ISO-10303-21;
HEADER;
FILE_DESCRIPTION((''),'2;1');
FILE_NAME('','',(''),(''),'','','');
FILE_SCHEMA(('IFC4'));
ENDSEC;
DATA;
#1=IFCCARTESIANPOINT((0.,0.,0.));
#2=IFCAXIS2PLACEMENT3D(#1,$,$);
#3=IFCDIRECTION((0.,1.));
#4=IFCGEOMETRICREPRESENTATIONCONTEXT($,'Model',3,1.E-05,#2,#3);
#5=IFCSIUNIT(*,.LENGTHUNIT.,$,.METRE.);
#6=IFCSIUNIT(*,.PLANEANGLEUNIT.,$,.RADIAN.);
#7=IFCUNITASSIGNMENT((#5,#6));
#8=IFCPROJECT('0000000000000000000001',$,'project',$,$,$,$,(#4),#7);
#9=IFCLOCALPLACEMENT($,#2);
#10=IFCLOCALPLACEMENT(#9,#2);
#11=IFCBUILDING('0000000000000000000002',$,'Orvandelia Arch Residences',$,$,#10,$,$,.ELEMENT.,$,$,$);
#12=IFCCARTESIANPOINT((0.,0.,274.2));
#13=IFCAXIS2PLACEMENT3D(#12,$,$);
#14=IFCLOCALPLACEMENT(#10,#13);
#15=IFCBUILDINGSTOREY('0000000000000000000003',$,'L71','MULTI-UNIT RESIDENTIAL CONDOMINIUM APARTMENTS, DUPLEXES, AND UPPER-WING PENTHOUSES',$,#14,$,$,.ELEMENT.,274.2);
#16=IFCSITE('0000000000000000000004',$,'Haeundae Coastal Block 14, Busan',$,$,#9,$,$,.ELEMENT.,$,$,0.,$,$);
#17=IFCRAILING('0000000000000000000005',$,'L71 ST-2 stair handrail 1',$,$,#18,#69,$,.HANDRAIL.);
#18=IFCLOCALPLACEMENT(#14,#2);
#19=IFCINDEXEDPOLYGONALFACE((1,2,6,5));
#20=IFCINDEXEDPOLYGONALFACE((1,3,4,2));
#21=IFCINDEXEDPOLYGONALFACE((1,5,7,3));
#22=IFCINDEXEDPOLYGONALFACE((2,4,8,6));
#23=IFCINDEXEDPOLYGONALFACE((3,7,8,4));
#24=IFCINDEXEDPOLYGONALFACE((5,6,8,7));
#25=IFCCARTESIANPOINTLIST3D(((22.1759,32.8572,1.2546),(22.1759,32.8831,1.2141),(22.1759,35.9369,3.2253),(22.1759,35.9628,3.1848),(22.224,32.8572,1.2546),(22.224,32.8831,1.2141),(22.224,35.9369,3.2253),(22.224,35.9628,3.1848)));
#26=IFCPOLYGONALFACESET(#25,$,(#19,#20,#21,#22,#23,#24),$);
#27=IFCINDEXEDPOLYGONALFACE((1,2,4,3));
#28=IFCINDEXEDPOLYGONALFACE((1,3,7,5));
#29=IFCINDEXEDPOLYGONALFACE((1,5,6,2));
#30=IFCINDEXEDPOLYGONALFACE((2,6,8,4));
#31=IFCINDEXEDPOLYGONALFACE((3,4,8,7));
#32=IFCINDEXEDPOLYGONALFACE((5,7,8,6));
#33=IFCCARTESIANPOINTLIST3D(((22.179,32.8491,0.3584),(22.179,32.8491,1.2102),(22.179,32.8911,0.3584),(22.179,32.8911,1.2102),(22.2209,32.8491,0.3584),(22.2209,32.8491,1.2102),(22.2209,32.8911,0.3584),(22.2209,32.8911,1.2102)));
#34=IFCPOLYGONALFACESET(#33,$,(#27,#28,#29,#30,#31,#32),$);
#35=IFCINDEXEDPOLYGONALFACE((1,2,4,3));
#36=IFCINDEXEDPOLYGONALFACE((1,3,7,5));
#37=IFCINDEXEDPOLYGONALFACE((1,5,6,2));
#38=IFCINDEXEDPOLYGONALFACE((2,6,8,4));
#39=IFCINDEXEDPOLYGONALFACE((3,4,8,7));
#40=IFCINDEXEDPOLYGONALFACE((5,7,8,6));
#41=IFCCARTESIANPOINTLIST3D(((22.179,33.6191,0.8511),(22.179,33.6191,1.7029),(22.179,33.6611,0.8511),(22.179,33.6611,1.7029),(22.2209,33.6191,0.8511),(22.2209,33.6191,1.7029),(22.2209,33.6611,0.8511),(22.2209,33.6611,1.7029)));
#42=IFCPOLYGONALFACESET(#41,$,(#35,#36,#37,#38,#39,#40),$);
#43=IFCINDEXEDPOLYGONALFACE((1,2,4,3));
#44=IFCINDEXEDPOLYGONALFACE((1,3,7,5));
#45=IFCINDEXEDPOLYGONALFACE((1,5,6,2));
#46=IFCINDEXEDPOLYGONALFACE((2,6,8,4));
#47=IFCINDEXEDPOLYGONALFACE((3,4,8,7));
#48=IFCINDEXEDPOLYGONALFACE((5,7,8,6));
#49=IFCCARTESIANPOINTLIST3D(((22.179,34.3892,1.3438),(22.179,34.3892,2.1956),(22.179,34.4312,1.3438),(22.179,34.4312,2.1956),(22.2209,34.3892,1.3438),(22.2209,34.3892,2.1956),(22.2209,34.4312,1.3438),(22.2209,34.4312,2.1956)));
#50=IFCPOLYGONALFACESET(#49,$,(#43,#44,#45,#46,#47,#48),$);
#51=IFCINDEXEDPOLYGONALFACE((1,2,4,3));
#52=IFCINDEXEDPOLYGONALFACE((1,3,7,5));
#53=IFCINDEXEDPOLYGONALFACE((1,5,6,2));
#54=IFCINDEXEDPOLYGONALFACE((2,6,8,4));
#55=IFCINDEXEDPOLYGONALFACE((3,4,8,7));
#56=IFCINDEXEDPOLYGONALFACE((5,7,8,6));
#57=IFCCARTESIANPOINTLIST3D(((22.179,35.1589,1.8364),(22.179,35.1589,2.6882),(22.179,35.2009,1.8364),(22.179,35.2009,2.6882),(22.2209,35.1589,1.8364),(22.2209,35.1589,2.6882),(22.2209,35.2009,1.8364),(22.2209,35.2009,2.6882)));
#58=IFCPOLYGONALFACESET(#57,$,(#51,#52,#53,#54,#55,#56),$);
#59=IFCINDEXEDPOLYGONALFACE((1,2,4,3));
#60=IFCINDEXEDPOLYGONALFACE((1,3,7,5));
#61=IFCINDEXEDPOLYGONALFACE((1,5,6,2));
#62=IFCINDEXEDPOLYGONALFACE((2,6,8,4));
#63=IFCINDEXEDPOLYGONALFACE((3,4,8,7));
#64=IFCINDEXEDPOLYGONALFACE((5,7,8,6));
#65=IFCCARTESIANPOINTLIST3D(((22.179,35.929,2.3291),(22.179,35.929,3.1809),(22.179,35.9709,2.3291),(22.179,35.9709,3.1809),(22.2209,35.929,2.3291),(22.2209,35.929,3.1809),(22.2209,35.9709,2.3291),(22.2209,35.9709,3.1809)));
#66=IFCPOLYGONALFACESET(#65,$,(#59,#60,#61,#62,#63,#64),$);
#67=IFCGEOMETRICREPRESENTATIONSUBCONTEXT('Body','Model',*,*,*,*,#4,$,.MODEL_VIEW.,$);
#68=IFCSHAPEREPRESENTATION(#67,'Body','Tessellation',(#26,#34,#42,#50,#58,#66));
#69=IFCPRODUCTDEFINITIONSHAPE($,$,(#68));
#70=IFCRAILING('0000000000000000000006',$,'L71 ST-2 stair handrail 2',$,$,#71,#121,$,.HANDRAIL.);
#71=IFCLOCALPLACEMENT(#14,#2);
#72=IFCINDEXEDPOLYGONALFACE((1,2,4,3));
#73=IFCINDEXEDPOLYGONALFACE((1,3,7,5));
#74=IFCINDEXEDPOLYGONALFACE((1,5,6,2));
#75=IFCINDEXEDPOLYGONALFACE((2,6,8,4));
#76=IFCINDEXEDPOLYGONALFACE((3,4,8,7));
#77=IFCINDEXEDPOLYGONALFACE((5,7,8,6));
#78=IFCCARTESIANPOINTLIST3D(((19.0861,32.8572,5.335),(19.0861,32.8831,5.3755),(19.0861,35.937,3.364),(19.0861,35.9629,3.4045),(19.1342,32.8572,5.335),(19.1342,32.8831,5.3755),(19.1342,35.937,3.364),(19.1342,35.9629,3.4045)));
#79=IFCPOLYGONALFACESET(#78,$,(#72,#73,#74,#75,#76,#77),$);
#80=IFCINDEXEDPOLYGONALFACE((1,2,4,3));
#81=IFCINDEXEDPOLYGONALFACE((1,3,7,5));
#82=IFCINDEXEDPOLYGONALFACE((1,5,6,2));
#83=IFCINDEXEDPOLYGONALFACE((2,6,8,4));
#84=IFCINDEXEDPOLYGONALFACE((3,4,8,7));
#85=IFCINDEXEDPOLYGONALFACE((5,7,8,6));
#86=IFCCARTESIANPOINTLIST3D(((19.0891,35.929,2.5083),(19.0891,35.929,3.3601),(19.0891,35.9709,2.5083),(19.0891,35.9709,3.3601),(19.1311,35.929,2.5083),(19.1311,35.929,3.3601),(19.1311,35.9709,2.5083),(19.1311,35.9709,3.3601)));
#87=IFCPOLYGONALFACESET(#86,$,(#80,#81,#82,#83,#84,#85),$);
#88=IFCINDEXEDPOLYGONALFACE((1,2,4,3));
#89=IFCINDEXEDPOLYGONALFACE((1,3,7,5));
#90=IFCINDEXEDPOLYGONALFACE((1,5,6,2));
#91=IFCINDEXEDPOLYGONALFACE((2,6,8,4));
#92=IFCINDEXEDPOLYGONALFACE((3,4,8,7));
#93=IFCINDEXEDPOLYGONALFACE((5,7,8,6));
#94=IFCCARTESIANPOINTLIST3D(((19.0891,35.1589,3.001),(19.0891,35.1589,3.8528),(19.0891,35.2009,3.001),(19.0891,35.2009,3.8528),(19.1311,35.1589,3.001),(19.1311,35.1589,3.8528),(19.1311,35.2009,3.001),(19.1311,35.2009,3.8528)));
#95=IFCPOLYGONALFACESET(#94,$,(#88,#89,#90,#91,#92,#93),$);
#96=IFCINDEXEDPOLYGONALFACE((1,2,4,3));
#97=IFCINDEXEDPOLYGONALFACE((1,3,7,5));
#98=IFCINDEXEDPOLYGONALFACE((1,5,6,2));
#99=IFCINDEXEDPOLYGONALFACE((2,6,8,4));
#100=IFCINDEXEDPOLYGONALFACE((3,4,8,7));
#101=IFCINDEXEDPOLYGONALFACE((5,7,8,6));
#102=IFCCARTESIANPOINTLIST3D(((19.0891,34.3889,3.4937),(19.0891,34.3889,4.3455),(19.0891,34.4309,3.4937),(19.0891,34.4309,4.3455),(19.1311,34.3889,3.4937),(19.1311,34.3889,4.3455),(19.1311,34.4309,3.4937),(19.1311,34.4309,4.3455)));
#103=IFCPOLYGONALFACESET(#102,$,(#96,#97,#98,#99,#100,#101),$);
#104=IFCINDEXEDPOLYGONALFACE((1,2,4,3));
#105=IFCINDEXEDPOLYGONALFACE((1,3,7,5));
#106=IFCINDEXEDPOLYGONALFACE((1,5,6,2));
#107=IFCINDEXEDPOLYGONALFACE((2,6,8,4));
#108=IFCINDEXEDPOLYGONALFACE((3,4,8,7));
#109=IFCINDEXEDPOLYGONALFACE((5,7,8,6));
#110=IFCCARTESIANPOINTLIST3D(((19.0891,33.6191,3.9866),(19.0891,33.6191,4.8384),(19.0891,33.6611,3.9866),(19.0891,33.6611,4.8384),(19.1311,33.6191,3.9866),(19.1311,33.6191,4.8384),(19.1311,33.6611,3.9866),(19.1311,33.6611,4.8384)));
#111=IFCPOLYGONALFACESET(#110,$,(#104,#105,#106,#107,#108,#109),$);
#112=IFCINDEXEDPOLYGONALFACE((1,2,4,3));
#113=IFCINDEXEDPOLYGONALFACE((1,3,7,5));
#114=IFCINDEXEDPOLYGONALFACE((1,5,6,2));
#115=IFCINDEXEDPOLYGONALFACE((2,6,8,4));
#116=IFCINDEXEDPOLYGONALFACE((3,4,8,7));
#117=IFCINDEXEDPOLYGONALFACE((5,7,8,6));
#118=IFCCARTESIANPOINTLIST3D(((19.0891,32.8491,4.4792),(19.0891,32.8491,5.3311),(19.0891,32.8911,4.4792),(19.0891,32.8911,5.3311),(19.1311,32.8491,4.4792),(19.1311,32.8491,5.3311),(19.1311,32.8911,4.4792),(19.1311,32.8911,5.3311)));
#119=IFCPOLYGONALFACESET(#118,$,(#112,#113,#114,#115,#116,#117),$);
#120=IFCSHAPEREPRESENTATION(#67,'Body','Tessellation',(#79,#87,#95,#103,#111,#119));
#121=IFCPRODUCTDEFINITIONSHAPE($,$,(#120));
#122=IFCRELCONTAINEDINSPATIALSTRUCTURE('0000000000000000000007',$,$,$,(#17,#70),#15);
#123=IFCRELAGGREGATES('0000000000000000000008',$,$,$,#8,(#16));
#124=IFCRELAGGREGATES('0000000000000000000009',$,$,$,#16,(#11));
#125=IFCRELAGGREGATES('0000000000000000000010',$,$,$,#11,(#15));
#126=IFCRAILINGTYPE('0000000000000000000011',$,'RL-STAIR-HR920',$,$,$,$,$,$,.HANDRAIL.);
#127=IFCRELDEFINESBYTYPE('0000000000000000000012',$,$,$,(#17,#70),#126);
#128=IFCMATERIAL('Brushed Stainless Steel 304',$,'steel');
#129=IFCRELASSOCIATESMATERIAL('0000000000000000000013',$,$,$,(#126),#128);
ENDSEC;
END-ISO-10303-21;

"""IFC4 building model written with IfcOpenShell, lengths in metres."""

from ifc_helpers import new_model, si_unit, direction, frame, origin, origin_2d, place, context, subcontext, project, spatial, rectangle, extrude, material, type_object, element, save


model = new_model("IFC4")

# Units and contexts
model_context = context("Model", 3, precision=1e-05, world=origin(), true_north=direction((0.0, 1.0)))
body_context = subcontext(model_context, "Body", "Model", "MODEL_VIEW")
ifc_project = project(units=[si_unit("LENGTHUNIT", "METRE"), si_unit("PLANEANGLEUNIT", "RADIAN")], contexts=[model_context])

# Site, building, storey
site_placement = place(None, origin())
site = spatial("IfcSite", under=ifc_project, at=site_placement, Name="Haeundae Coastal Block 14, Busan", CompositionType="ELEMENT", RefElevation=0.0)
building_placement = place(site_placement, origin())
building = spatial("IfcBuilding", under=site, at=building_placement, Name="Orvandelia Arch Residences", CompositionType="ELEMENT")
storey_placement = place(building_placement, frame((0.0, 0.0, 274.2)))
storey = spatial("IfcBuildingStorey", under=building, at=storey_placement, Name="L71", Description="MULTI-UNIT RESIDENTIAL CONDOMINIUM APARTMENTS, DUPLEXES, AND UPPER-WING PENTHOUSES", CompositionType="ELEMENT", Elevation=274.2)

# Railings
ifc_material_1 = material(Name="Brushed Stainless Steel 304", Category="steel")
railing_type_1 = type_object("IfcRailingType", Name="RL-STAIR-HR920", PredefinedType="HANDRAIL", material=ifc_material_1)
railing_1_placement = place(storey_placement, frame((22.2, 32.8701, 0.3584)))
element("IfcRailing", 1, at=railing_1_placement, inside=storey, type_object=railing_type_1, Name="L71 ST-2 stair handrail 1", PredefinedType="HANDRAIL", context=body_context, shape_type="SweptSolid", body=[
    extrude(rectangle(XDim=0.0481, YDim=0.0481, at=origin_2d()), frame((0.0, 0.0, 0.876), z_axis=(0.0, 0.84232, 0.538978), x_axis=(-1.0, 0.0, 0.0)), (0.0, 0.0, 1.0), 3.6562),
    extrude(rectangle(XDim=0.042, YDim=0.042, at=origin_2d()), origin(), (0.0, 0.0, 1.0), 0.8518),
    extrude(rectangle(XDim=0.042, YDim=0.042, at=origin_2d()), frame((0.0, 0.77, 0.4927)), (0.0, 0.0, 1.0), 0.8518),
    extrude(rectangle(XDim=0.042, YDim=0.042, at=origin_2d()), frame((0.0, 1.54, 0.9854)), (0.0, 0.0, 1.0), 0.8518),
    extrude(rectangle(XDim=0.042, YDim=0.042, at=origin_2d()), frame((0.0, 2.3098, 1.478)), (0.0, 0.0, 1.0), 0.8518),
    extrude(rectangle(XDim=0.042, YDim=0.042, at=origin_2d()), frame((0.0, 3.0798, 1.9707)), (0.0, 0.0, 1.0), 0.8518),
])
railing_2_placement = place(storey_placement, frame((19.1101, 35.95, 2.5083)))
element("IfcRailing", 2, at=railing_2_placement, inside=storey, type_object=railing_type_1, Name="L71 ST-2 stair handrail 2", PredefinedType="HANDRAIL", context=body_context, shape_type="SweptSolid", body=[
    extrude(rectangle(XDim=0.0481, YDim=0.0481, at=origin_2d()), frame((0.0, 0.0, 0.876), z_axis=(0.0, -0.84229, 0.539025), x_axis=(1.0, 0.0, 0.0)), (0.0, 0.0, 1.0), 3.6565),
    extrude(rectangle(XDim=0.042, YDim=0.042, at=origin_2d()), origin(), (0.0, 0.0, 1.0), 0.8518),
    extrude(rectangle(XDim=0.042, YDim=0.042, at=origin_2d()), frame((0.0, -0.77, 0.4927)), (0.0, 0.0, 1.0), 0.8518),
    extrude(rectangle(XDim=0.042, YDim=0.042, at=origin_2d()), frame((0.0, -1.54, 0.9854)), (0.0, 0.0, 1.0), 0.8518),
    extrude(rectangle(XDim=0.042, YDim=0.042, at=origin_2d()), frame((0.0, -2.3098, 1.4783)), (0.0, 0.0, 1.0), 0.8518),
    extrude(rectangle(XDim=0.042, YDim=0.042, at=origin_2d()), frame((0.0, -3.0798, 1.9709)), (0.0, 0.0, 1.0), 0.8518),
])

save(model, "model.ifc")
